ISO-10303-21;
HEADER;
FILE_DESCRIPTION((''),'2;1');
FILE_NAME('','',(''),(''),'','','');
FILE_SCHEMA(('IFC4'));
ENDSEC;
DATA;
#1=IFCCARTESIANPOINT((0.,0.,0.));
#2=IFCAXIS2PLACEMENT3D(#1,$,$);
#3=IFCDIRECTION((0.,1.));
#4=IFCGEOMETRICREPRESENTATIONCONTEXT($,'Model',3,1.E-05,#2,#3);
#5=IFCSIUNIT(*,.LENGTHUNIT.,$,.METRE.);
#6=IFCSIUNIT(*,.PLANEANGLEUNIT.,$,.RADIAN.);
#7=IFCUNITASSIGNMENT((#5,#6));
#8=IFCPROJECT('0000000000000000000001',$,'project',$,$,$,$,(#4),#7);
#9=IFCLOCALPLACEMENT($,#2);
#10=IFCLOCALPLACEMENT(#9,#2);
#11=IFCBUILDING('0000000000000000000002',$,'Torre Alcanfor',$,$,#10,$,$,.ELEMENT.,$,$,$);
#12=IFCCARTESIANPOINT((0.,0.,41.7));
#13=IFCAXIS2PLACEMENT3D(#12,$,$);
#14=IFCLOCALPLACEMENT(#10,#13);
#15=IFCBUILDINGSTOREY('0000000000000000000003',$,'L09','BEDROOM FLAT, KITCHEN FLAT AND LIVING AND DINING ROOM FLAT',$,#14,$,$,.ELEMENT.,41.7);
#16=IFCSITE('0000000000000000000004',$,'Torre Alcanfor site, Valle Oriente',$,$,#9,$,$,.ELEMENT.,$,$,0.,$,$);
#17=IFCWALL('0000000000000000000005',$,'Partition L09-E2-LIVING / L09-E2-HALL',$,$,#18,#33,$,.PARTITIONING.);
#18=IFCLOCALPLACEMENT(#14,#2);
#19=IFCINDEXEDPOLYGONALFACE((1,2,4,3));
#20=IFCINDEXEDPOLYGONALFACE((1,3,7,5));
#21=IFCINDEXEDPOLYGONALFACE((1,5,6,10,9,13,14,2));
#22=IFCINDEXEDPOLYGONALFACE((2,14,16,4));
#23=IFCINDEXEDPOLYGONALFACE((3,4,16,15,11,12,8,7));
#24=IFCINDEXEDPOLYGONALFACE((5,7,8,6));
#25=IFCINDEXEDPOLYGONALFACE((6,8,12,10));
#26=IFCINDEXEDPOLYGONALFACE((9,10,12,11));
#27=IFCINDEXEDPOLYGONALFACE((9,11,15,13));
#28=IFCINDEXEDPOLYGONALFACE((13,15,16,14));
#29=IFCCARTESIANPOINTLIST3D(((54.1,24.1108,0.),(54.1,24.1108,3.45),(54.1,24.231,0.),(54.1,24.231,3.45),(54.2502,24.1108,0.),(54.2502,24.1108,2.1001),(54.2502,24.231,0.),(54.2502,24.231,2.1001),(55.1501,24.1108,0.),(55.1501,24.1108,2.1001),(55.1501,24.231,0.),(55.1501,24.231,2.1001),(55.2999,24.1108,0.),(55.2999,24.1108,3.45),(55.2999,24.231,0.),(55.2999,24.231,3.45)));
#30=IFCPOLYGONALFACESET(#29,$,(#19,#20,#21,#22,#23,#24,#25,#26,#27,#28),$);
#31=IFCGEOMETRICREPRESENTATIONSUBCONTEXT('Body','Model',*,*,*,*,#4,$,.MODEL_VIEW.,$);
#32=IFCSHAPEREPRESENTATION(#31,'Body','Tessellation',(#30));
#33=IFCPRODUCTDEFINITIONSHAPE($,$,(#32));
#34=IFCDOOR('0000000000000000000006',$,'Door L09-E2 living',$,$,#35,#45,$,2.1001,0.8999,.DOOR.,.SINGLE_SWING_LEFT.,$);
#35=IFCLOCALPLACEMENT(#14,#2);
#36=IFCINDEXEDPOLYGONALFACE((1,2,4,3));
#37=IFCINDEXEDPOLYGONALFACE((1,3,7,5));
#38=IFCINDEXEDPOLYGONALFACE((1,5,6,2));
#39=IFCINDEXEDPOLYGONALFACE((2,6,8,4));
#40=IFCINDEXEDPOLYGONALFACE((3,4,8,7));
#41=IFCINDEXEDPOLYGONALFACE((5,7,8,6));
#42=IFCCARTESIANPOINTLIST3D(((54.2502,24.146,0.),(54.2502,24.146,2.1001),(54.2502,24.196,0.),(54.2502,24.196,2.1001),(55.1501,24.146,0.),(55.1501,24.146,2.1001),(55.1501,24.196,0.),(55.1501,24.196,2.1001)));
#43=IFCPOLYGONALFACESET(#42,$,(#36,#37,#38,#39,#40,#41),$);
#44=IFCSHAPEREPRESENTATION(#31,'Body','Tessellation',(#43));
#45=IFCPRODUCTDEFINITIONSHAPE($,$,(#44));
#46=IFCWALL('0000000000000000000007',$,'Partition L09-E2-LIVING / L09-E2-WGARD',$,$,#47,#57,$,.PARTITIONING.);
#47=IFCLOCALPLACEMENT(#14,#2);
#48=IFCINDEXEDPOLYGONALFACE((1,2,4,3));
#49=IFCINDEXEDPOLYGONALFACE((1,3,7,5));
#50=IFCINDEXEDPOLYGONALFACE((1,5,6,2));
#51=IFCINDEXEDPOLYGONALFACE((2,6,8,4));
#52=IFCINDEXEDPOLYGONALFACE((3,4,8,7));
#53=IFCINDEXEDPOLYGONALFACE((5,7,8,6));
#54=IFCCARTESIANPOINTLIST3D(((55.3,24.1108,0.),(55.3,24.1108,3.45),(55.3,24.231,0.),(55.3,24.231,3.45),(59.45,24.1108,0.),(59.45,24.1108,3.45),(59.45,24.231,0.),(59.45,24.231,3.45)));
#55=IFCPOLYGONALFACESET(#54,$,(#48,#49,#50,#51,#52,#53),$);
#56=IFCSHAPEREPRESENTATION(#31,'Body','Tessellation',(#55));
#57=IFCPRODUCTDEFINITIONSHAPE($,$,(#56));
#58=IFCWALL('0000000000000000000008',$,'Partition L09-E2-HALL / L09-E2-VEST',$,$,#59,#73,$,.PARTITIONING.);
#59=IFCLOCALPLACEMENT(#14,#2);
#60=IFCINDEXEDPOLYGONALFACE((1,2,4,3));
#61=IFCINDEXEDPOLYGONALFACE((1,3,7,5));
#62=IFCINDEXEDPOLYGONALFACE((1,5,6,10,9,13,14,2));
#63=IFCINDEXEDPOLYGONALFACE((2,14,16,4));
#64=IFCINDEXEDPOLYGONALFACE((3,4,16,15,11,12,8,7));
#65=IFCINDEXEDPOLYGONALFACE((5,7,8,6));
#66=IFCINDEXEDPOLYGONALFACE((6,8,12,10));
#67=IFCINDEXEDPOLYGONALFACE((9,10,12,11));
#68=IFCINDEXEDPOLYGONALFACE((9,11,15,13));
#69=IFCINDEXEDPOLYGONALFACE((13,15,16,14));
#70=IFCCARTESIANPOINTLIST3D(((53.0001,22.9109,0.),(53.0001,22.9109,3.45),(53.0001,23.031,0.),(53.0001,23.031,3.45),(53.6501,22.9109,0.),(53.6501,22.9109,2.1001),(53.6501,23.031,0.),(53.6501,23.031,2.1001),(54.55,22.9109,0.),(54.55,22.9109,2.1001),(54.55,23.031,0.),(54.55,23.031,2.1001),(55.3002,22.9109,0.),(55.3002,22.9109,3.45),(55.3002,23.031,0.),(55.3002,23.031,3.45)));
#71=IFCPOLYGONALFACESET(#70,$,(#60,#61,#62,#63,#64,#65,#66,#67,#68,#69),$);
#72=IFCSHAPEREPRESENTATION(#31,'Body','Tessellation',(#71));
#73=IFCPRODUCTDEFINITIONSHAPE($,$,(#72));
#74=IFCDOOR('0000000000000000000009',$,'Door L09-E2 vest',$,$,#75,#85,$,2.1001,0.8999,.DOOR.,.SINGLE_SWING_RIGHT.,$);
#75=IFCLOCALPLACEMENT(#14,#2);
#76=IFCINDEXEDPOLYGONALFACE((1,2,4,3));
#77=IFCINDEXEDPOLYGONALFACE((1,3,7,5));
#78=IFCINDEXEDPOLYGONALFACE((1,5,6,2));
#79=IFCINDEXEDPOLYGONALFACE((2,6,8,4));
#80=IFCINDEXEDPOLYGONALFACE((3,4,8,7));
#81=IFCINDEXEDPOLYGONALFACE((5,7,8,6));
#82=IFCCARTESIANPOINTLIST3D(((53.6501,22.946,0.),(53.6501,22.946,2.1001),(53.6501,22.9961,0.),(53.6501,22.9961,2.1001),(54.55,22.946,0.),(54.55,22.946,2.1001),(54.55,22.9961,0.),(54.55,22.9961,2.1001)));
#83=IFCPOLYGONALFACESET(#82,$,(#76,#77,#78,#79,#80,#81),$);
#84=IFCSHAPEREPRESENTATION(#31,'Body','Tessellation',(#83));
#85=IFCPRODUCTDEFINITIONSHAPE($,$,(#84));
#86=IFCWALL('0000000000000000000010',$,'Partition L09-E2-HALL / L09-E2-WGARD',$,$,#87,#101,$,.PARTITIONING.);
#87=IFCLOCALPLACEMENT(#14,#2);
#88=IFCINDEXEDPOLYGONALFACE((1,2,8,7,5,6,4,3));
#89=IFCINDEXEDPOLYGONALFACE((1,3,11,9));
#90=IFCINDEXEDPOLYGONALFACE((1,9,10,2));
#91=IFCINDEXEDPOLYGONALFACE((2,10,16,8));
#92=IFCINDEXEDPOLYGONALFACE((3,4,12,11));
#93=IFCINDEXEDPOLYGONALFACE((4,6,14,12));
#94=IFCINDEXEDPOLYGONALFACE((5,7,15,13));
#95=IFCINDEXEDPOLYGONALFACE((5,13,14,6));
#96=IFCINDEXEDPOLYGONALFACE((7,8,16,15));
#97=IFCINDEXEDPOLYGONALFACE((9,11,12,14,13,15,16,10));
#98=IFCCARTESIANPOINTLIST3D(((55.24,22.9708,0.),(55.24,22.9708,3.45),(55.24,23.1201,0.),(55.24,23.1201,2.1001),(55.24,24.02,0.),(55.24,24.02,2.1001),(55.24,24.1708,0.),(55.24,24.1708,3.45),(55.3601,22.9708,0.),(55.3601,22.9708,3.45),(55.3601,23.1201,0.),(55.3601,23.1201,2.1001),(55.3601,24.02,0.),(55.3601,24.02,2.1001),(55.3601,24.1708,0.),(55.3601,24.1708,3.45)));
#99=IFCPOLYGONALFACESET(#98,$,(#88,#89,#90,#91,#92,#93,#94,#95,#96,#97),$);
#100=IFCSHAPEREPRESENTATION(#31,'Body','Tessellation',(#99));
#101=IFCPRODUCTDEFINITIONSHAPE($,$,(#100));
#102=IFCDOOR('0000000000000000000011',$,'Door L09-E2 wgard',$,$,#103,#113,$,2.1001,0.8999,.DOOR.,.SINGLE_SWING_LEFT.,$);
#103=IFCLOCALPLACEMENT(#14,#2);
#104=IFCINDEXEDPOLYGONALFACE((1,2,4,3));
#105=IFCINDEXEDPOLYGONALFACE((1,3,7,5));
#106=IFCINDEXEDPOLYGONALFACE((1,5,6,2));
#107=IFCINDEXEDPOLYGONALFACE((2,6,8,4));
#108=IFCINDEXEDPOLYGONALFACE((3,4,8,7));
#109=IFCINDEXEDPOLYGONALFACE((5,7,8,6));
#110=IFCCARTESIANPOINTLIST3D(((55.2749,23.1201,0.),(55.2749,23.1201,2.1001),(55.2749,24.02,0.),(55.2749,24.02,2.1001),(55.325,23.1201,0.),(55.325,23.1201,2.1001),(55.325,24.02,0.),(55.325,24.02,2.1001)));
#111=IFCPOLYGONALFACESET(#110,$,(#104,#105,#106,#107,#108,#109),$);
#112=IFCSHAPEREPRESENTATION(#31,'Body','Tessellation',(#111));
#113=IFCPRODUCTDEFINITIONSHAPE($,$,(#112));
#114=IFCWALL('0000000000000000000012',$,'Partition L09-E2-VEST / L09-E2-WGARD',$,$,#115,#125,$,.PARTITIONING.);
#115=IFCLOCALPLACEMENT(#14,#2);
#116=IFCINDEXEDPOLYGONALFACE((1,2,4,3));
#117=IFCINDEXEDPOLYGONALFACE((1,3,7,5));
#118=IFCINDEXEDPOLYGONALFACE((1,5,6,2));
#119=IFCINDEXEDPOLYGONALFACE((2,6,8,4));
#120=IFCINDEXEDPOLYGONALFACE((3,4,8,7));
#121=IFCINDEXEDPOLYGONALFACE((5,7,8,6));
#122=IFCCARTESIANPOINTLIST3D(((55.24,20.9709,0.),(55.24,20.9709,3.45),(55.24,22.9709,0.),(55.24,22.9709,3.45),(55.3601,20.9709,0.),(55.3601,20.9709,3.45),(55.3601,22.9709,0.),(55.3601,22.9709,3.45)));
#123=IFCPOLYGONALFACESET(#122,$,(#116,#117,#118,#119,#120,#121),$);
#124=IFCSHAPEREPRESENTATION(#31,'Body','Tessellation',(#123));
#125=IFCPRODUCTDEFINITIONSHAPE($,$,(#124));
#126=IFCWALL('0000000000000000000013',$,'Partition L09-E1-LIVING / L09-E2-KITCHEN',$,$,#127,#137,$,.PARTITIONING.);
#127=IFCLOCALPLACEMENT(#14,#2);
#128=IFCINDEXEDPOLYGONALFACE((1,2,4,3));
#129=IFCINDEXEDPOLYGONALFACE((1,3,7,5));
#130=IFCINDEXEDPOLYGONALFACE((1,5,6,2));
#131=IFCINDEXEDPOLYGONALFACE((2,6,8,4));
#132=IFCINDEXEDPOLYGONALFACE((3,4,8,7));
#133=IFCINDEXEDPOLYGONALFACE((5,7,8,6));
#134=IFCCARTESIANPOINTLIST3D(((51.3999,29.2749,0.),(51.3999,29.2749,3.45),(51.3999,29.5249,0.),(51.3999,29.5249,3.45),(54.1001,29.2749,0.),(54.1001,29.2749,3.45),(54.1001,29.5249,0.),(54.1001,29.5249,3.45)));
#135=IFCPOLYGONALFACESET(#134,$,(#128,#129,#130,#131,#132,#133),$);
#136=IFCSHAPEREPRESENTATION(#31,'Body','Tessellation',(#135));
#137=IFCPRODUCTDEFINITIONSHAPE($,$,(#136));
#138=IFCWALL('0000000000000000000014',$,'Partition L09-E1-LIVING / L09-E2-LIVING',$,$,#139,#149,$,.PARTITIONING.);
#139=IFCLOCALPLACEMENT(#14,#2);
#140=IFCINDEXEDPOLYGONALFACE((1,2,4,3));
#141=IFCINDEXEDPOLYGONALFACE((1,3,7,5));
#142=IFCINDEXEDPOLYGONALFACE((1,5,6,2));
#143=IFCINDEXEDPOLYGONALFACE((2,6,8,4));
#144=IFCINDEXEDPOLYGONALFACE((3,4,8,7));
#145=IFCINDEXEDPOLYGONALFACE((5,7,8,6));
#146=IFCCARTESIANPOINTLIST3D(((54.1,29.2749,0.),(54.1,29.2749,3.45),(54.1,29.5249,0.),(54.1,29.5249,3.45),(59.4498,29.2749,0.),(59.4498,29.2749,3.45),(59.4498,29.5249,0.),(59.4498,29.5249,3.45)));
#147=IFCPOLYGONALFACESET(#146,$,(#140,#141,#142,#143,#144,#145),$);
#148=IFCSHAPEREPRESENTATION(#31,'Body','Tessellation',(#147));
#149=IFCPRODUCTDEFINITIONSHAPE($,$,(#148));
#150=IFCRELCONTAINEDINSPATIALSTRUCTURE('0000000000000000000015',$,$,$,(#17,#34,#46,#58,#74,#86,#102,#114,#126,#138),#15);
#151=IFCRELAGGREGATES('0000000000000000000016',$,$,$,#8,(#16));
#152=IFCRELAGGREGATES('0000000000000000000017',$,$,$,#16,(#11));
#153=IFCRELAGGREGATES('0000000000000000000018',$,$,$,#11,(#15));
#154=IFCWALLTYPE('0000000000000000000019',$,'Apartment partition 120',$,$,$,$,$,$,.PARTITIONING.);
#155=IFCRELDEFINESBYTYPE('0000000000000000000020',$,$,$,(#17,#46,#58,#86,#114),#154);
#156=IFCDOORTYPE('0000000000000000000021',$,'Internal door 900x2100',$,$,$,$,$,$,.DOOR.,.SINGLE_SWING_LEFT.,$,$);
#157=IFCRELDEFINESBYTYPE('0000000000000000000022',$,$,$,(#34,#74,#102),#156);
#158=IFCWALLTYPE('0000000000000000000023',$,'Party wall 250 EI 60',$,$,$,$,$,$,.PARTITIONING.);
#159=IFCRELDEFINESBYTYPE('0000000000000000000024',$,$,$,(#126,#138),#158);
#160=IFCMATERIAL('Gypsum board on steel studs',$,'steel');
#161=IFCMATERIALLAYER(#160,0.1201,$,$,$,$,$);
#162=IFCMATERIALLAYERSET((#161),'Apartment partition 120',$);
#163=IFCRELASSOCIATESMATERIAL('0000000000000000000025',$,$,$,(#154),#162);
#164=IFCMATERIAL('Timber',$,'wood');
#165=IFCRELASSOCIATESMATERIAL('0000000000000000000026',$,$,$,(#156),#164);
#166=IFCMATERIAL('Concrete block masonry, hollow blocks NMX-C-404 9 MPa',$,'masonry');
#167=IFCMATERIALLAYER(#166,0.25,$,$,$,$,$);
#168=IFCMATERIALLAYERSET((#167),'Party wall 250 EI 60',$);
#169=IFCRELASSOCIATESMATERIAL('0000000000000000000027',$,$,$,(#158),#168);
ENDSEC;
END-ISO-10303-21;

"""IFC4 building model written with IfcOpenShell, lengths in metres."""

from ifc_helpers import new_model, si_unit, direction, frame, frame_2d, origin, place, context, subcontext, project, spatial, rectangle, extrude, material, layer, layer_set, type_object, element, fill, save


model = new_model("IFC4")

# Units and contexts
model_context = context("Model", 3, precision=1e-05, world=origin(), true_north=direction((0.0, 1.0)))
body_context = subcontext(model_context, "Body", "Model", "MODEL_VIEW")
ifc_project = project(units=[si_unit("LENGTHUNIT", "METRE"), si_unit("PLANEANGLEUNIT", "RADIAN")], contexts=[model_context])

# Site, building, storey
site_placement = place(None, origin())
site = spatial("IfcSite", under=ifc_project, at=site_placement, Name="Torre Alcanfor site, Valle Oriente", CompositionType="ELEMENT", RefElevation=0.0)
building_placement = place(site_placement, origin())
building = spatial("IfcBuilding", under=site, at=building_placement, Name="Torre Alcanfor", CompositionType="ELEMENT")
storey_placement = place(building_placement, frame((0.0, 0.0, 41.7)))
storey = spatial("IfcBuildingStorey", under=building, at=storey_placement, Name="L09", Description="BEDROOM FLAT, KITCHEN FLAT AND LIVING AND DINING ROOM FLAT", CompositionType="ELEMENT", Elevation=41.7)

# Shared definitions
ifc_material_1 = material(Name="Gypsum board on steel studs", Category="steel")
ifc_layer_1 = layer(ifc_material_1, 0.1201)
ifc_layer_set_1 = layer_set([ifc_layer_1], Name="Apartment partition 120")
wall_type_1 = type_object("IfcWallType", Name="Apartment partition 120", PredefinedType="PARTITIONING", material=ifc_layer_set_1)

# Shared definitions
ifc_material_2 = material(Name="Timber", Category="wood")
door_type = type_object("IfcDoorType", Name="Internal door 900x2100", OperationType="SINGLE_SWING_LEFT", PredefinedType="DOOR", material=ifc_material_2)

# Wall, opening, door
wall_1_placement = place(storey_placement, frame((55.3, 24.1709, 0.0), z_axis=(0.0, 0.0, 1.0), x_axis=(-1.0, 0.0, 0.0)))
wall_1 = element("IfcWall", 1, at=wall_1_placement, inside=storey, type_object=wall_type_1, Name="Partition L09-E2-LIVING / L09-E2-HALL", PredefinedType="PARTITIONING", context=body_context, shape_type="SweptSolid", body=[
    extrude(rectangle(XDim=1.2, YDim=0.1201, at=frame_2d((0.6001, 0.0))), origin(), (0.0, 0.0, 1.0), 3.45),
])
opening_1_placement = place(wall_1_placement, frame((0.1499, 0.0, 0.0)))
opening_1 = element("IfcOpeningElement", 2, at=opening_1_placement, cuts=wall_1, PredefinedType="OPENING", context=body_context, shape_type="SweptSolid", body=[
    extrude(rectangle(XDim=0.8999, YDim=2.1001, at=frame_2d((0.45, 1.05))), frame((0.0, 0.0701, 0.0), z_axis=(0.0, -1.0, 0.0), x_axis=(1.0, 0.0, 0.0)), (0.0, 0.0, 1.0), 0.1401),
])
door_1_placement = place(opening_1_placement, frame((0.8999, 0.0, 0.0), z_axis=(0.0, 0.0, 1.0), x_axis=(-1.0, 0.0, 0.0)))
door_1 = element("IfcDoor", 3, at=door_1_placement, inside=storey, type_object=door_type, Name="Door L09-E2 living", OperationType="SINGLE_SWING_LEFT", OverallHeight=2.1001, OverallWidth=0.8999, PredefinedType="DOOR", context=body_context, shape_type="SweptSolid", body=[
    extrude(rectangle(XDim=0.8999, YDim=2.1001, at=frame_2d((0.45, 1.05))), frame((0.0, 0.0251, 0.0), z_axis=(0.0, -1.0, 0.0), x_axis=(1.0, 0.0, 0.0)), (0.0, 0.0, 1.0), 0.05),
])
fill(opening_1, door_1)

# Wall
wall_2_placement = place(storey_placement, frame((59.45, 24.1709, 0.0), z_axis=(0.0, 0.0, 1.0), x_axis=(-1.0, 0.0, 0.0)))
element("IfcWall", 4, at=wall_2_placement, inside=storey, type_object=wall_type_1, Name="Partition L09-E2-LIVING / L09-E2-WGARD", PredefinedType="PARTITIONING", context=body_context, shape_type="SweptSolid", body=[
    extrude(rectangle(XDim=4.1499, YDim=0.1201, at=frame_2d((2.075, 0.0))), origin(), (0.0, 0.0, 1.0), 3.45),
])

# Walls, openings, doors
wall_3_placement = place(storey_placement, frame((55.3, 22.9709, 0.0), z_axis=(0.0, 0.0, 1.0), x_axis=(-1.0, 0.0, 0.0)))
wall_3 = element("IfcWall", 5, at=wall_3_placement, inside=storey, type_object=wall_type_1, Name="Partition L09-E2-HALL / L09-E2-VEST", PredefinedType="PARTITIONING", context=body_context, shape_type="SweptSolid", body=[
    extrude(rectangle(XDim=2.3, YDim=0.1201, at=frame_2d((1.1499, 0.0))), origin(), (0.0, 0.0, 1.0), 3.45),
])
opening_2_placement = place(wall_3_placement, frame((0.75, 0.0, 0.0)))
opening_2 = element("IfcOpeningElement", 6, at=opening_2_placement, cuts=wall_3, PredefinedType="OPENING", context=body_context, shape_type="SweptSolid", body=[
    extrude(rectangle(XDim=0.8999, YDim=2.1001, at=frame_2d((0.45, 1.05))), frame((0.0, 0.0701, 0.0), z_axis=(0.0, -1.0, 0.0), x_axis=(1.0, 0.0, 0.0)), (0.0, 0.0, 1.0), 0.1401),
])
door_2_placement = place(opening_2_placement, origin())
door_2 = element("IfcDoor", 7, at=door_2_placement, inside=storey, type_object=door_type, Name="Door L09-E2 vest", OperationType="SINGLE_SWING_RIGHT", OverallHeight=2.1001, OverallWidth=0.8999, PredefinedType="DOOR", context=body_context, shape_type="SweptSolid", body=[
    extrude(rectangle(XDim=0.8999, YDim=2.1001, at=frame_2d((0.45, 1.05))), frame((0.0, 0.0249, 0.0), z_axis=(0.0, -1.0, 0.0), x_axis=(1.0, 0.0, 0.0)), (0.0, 0.0, 1.0), 0.05),
])
fill(opening_2, door_2)
wall_4_placement = place(storey_placement, frame((55.3, 24.1709, 0.0), z_axis=(0.0, 0.0, 1.0), x_axis=(0.0, -1.0, 0.0)))
wall_4 = element("IfcWall", 8, at=wall_4_placement, inside=storey, type_object=wall_type_1, Name="Partition L09-E2-HALL / L09-E2-WGARD", PredefinedType="PARTITIONING", context=body_context, shape_type="SweptSolid", body=[
    extrude(rectangle(XDim=1.2, YDim=0.1201, at=frame_2d((0.6001, 0.0))), origin(), (0.0, 0.0, 1.0), 3.45),
])
opening_3_placement = place(wall_4_placement, frame((0.1509, 0.0, 0.0)))
opening_3 = element("IfcOpeningElement", 9, at=opening_3_placement, cuts=wall_4, PredefinedType="OPENING", context=body_context, shape_type="SweptSolid", body=[
    extrude(rectangle(XDim=0.8999, YDim=2.1001, at=frame_2d((0.45, 1.05))), frame((0.0, 0.0701, 0.0), z_axis=(0.0, -1.0, 0.0), x_axis=(1.0, 0.0, 0.0)), (0.0, 0.0, 1.0), 0.1401),
])
door_3_placement = place(opening_3_placement, origin())
door_3 = element("IfcDoor", 10, at=door_3_placement, inside=storey, type_object=door_type, Name="Door L09-E2 wgard", OperationType="SINGLE_SWING_LEFT", OverallHeight=2.1001, OverallWidth=0.8999, PredefinedType="DOOR", context=body_context, shape_type="SweptSolid", body=[
    extrude(rectangle(XDim=0.8999, YDim=2.1001, at=frame_2d((0.45, 1.05))), frame((0.0, 0.0249, 0.0), z_axis=(0.0, -1.0, 0.0), x_axis=(1.0, 0.0, 0.0)), (0.0, 0.0, 1.0), 0.05),
])
fill(opening_3, door_3)

# Walls
wall_5_placement = place(storey_placement, frame((55.3, 22.9709, 0.0), z_axis=(0.0, 0.0, 1.0), x_axis=(0.0, -1.0, 0.0)))
element("IfcWall", 11, at=wall_5_placement, inside=storey, type_object=wall_type_1, Name="Partition L09-E2-VEST / L09-E2-WGARD", PredefinedType="PARTITIONING", context=body_context, shape_type="SweptSolid", body=[
    extrude(rectangle(XDim=2.0, YDim=0.1201, at=frame_2d((1.0, 0.0))), origin(), (0.0, 0.0, 1.0), 3.45),
])
ifc_material_3 = material(Name="Concrete block masonry, hollow blocks NMX-C-404 9 MPa", Category="masonry")
ifc_layer_2 = layer(ifc_material_3, 0.25)
ifc_layer_set_2 = layer_set([ifc_layer_2], Name="Party wall 250 EI 60")
wall_type_2 = type_object("IfcWallType", Name="Party wall 250 EI 60", PredefinedType="PARTITIONING", material=ifc_layer_set_2)
wall_6_placement = place(storey_placement, frame((51.3999, 29.3999, 0.0), z_axis=(0.0, 0.0, 1.0), x_axis=(1.0, 0.0, 0.0)))
element("IfcWall", 12, at=wall_6_placement, inside=storey, type_object=wall_type_2, Name="Partition L09-E1-LIVING / L09-E2-KITCHEN", PredefinedType="PARTITIONING", context=body_context, shape_type="SweptSolid", body=[
    extrude(rectangle(XDim=2.7002, YDim=0.25, at=frame_2d((1.3501, 0.0))), origin(), (0.0, 0.0, 1.0), 3.45),
])
wall_7_placement = place(storey_placement, frame((54.1001, 29.3999, 0.0), z_axis=(0.0, 0.0, 1.0), x_axis=(1.0, 0.0, 0.0)))
element("IfcWall", 13, at=wall_7_placement, inside=storey, type_object=wall_type_2, Name="Partition L09-E1-LIVING / L09-E2-LIVING", PredefinedType="PARTITIONING", context=body_context, shape_type="SweptSolid", body=[
    extrude(rectangle(XDim=5.3499, YDim=0.25, at=frame_2d((2.6748, 0.0))), origin(), (0.0, 0.0, 1.0), 3.45),
])

save(model, "model.ifc")
